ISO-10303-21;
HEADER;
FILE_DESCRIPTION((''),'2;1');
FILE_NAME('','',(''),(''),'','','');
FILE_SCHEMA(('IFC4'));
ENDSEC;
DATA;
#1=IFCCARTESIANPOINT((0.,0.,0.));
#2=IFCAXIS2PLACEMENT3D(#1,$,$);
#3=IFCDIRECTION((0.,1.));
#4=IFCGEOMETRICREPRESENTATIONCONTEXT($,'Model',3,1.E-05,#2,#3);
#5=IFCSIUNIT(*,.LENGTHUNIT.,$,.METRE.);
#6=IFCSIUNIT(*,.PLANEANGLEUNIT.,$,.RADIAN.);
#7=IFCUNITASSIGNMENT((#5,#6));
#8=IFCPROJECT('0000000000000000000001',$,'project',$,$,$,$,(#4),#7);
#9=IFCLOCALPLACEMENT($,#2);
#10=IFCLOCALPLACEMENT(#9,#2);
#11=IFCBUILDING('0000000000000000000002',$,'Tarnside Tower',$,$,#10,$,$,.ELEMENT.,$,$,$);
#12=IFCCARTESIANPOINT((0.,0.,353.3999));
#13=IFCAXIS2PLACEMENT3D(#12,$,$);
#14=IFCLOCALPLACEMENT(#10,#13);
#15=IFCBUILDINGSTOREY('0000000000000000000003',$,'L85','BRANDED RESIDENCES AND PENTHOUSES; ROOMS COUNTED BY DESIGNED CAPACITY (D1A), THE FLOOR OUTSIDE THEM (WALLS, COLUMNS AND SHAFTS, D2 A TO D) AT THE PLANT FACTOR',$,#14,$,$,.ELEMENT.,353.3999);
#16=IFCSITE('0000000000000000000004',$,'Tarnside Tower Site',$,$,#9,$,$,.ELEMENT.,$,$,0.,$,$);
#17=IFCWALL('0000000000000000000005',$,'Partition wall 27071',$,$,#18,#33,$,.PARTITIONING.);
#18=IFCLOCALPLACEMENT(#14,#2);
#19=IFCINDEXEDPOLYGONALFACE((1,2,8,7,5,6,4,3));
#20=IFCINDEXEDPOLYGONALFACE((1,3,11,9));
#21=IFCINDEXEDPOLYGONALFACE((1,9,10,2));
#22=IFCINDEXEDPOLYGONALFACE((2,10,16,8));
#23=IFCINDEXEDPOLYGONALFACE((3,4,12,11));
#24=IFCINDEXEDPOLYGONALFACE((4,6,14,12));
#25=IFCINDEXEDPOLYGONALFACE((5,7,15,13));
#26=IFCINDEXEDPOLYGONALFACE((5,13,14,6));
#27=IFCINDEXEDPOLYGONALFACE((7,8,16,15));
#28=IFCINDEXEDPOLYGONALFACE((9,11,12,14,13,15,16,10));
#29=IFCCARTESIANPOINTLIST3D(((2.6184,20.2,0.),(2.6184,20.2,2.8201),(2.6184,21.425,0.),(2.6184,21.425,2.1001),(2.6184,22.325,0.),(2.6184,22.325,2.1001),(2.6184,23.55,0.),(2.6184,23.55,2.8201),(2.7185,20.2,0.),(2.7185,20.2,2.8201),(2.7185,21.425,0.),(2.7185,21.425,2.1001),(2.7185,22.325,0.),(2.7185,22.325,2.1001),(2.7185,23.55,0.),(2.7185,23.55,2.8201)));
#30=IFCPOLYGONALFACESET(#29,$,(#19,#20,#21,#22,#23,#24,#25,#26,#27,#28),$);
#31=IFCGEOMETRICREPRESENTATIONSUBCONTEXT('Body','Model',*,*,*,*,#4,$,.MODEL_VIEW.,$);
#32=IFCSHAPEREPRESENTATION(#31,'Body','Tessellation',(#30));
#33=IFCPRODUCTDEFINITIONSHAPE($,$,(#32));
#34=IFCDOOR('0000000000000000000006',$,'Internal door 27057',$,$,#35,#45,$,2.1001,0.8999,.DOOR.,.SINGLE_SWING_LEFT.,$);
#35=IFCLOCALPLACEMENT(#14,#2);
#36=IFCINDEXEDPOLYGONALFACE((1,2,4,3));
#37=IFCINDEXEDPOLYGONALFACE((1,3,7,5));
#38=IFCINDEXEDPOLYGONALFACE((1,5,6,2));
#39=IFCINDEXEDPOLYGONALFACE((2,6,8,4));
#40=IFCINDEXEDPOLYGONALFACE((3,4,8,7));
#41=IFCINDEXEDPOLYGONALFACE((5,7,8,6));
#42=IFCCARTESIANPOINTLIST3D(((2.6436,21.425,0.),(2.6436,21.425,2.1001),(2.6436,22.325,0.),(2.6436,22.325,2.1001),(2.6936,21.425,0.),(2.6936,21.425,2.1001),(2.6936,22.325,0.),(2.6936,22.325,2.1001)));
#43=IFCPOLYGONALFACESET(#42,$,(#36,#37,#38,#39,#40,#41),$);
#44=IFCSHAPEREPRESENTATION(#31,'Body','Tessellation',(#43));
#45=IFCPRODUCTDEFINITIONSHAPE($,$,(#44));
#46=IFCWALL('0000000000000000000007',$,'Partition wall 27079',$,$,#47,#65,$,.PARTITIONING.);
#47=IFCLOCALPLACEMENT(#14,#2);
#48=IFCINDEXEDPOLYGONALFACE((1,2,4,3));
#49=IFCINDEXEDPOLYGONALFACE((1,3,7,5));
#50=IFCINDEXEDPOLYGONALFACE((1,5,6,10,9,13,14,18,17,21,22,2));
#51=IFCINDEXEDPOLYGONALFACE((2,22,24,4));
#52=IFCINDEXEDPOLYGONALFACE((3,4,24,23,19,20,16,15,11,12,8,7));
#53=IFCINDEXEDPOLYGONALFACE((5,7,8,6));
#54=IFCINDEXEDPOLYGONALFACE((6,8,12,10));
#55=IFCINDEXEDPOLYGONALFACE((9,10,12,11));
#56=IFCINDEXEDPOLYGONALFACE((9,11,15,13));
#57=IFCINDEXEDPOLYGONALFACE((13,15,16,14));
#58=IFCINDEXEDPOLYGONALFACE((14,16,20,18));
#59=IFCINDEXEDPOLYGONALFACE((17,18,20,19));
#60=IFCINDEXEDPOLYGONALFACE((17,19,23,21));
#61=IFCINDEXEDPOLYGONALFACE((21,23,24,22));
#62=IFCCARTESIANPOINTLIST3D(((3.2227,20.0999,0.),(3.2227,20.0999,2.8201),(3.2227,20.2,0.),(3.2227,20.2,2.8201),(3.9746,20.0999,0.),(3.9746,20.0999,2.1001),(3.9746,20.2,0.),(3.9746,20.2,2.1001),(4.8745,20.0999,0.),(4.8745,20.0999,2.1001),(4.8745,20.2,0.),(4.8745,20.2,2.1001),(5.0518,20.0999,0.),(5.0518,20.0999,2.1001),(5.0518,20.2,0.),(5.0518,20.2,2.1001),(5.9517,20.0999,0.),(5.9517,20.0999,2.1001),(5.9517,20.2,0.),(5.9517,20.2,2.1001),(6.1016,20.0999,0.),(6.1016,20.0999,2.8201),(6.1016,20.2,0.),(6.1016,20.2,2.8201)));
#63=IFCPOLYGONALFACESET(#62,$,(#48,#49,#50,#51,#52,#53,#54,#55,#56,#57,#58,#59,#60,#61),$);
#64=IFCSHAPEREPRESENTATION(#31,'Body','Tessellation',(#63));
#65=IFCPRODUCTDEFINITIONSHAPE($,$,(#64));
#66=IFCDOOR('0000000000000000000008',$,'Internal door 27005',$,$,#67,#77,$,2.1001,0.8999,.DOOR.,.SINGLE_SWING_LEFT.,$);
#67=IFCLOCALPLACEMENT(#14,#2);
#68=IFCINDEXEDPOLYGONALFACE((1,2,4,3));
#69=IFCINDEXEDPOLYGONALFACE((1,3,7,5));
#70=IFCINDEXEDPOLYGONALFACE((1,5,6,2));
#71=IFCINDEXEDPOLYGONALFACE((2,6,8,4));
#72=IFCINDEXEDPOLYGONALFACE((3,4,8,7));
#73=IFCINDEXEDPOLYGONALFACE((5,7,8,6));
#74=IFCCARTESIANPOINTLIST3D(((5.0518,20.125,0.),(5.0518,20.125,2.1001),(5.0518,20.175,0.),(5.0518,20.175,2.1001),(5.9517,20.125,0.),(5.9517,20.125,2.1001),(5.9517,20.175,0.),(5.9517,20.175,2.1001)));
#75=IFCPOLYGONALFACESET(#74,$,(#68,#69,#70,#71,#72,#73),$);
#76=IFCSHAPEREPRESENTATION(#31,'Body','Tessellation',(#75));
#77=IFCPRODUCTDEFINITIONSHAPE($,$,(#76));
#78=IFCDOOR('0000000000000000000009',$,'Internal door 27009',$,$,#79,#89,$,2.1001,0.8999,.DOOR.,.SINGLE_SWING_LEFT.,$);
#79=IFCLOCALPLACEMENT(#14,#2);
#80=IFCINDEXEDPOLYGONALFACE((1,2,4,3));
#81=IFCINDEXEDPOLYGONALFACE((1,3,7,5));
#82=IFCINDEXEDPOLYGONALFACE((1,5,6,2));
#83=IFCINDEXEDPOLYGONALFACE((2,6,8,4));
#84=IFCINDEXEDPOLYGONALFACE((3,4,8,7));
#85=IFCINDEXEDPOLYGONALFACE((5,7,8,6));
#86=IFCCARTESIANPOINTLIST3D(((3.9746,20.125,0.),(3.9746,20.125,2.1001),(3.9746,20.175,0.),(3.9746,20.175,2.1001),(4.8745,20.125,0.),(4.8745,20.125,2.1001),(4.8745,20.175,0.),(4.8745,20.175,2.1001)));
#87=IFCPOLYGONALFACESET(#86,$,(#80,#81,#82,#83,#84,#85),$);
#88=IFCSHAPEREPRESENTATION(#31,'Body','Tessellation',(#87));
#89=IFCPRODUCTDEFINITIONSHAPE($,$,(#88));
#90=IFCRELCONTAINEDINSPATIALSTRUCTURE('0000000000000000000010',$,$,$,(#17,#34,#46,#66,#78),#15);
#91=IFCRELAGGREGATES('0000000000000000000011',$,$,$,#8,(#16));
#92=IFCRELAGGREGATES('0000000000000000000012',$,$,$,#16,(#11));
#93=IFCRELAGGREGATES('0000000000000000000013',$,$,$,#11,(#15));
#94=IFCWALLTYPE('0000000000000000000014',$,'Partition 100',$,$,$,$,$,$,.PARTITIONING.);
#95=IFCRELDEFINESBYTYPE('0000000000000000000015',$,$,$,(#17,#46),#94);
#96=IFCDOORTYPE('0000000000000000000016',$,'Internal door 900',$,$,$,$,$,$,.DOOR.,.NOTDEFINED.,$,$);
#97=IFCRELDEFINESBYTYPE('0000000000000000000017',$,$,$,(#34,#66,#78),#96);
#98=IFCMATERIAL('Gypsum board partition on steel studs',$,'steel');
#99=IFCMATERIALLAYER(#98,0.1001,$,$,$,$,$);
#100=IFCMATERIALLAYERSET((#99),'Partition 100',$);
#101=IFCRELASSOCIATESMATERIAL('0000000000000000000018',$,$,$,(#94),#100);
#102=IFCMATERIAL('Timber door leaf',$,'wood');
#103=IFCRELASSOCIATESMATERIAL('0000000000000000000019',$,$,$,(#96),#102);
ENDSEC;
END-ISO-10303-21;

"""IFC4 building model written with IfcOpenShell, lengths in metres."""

from ifc_helpers import new_model, si_unit, direction, frame, frame_2d, origin, place, context, subcontext, project, spatial, rectangle, extrude, material, layer, layer_set, type_object, element, fill, save


model = new_model("IFC4")

# Units and contexts
model_context = context("Model", 3, precision=1e-05, world=origin(), true_north=direction((0.0, 1.0)))
body_context = subcontext(model_context, "Body", "Model", "MODEL_VIEW")
ifc_project = project(units=[si_unit("LENGTHUNIT", "METRE"), si_unit("PLANEANGLEUNIT", "RADIAN")], contexts=[model_context])

# Site, building, storey
site_placement = place(None, origin())
site = spatial("IfcSite", under=ifc_project, at=site_placement, Name="Tarnside Tower Site", CompositionType="ELEMENT", RefElevation=0.0)
building_placement = place(site_placement, origin())
building = spatial("IfcBuilding", under=site, at=building_placement, Name="Tarnside Tower", CompositionType="ELEMENT")
storey_placement = place(building_placement, frame((0.0, 0.0, 353.3999)))
storey = spatial("IfcBuildingStorey", under=building, at=storey_placement, Name="L85", Description="BRANDED RESIDENCES AND PENTHOUSES; ROOMS COUNTED BY DESIGNED CAPACITY (D1A), THE FLOOR OUTSIDE THEM (WALLS, COLUMNS AND SHAFTS, D2 A TO D) AT THE PLANT FACTOR", CompositionType="ELEMENT", Elevation=353.3999)

# Shared definitions
ifc_material_1 = material(Name="Gypsum board partition on steel studs", Category="steel")

# Shared definitions
ifc_material_2 = material(Name="Timber door leaf", Category="wood")

# Wall, opening, door
ifc_layer_1 = layer(ifc_material_1, 0.1001)
ifc_layer_set_1 = layer_set([ifc_layer_1], Name="Partition 100")
wall_type_1 = type_object("IfcWallType", Name="Partition 100", PredefinedType="PARTITIONING", material=ifc_layer_set_1)
wall_1_placement = place(storey_placement, frame((2.6685, 20.2, 0.0), z_axis=(0.0, 0.0, 1.0), x_axis=(0.0, 1.0, 0.0)))
wall_1 = element("IfcWall", 1, at=wall_1_placement, inside=storey, type_object=wall_type_1, Name="Partition wall 27071", PredefinedType="PARTITIONING", context=body_context, shape_type="SweptSolid", body=[
    extrude(rectangle(XDim=3.3501, YDim=0.1001, at=frame_2d((1.675, 0.0))), origin(), (0.0, 0.0, 1.0), 2.8201),
])
opening_1_placement = place(wall_1_placement, frame((1.2251, 0.0, 0.0)))
opening_1 = element("IfcOpeningElement", 2, at=opening_1_placement, cuts=wall_1, PredefinedType="OPENING", context=body_context, shape_type="SweptSolid", body=[
    extrude(rectangle(XDim=0.8999, YDim=2.1001, at=frame_2d((0.45, 1.05))), frame((0.0, 0.0601, 0.0), z_axis=(0.0, -1.0, 0.0), x_axis=(1.0, 0.0, 0.0)), (0.0, 0.0, 1.0), 0.1201),
])
door_type_1 = type_object("IfcDoorType", Name="Internal door 900", OperationType="NOTDEFINED", PredefinedType="DOOR", material=ifc_material_2)
door_1_placement = place(opening_1_placement, origin())
door_1 = element("IfcDoor", 3, at=door_1_placement, inside=storey, type_object=door_type_1, Name="Internal door 27057", OperationType="SINGLE_SWING_LEFT", OverallHeight=2.1001, OverallWidth=0.8999, PredefinedType="DOOR", context=body_context, shape_type="SweptSolid", body=[
    extrude(rectangle(XDim=0.8999, YDim=2.1001, at=frame_2d((0.45, 1.05))), frame((0.0, 0.0249, 0.0), z_axis=(0.0, -1.0, 0.0), x_axis=(1.0, 0.0, 0.0)), (0.0, 0.0, 1.0), 0.05),
])
fill(opening_1, door_1)

# Wall, openings, doors
wall_2_placement = place(storey_placement, frame((6.1016, 20.1499, 0.0), z_axis=(0.0, 0.0, 1.0), x_axis=(-1.0, 0.0, 0.0)))
wall_2 = element("IfcWall", 4, at=wall_2_placement, inside=storey, type_object=wall_type_1, Name="Partition wall 27079", PredefinedType="PARTITIONING", context=body_context, shape_type="SweptSolid", body=[
    extrude(rectangle(XDim=2.8789, YDim=0.1001, at=frame_2d((1.4395, 0.0))), origin(), (0.0, 0.0, 1.0), 2.8201),
])
opening_2_placement = place(wall_2_placement, frame((0.1499, 0.0, 0.0)))
opening_2 = element("IfcOpeningElement", 5, at=opening_2_placement, cuts=wall_2, PredefinedType="OPENING", context=body_context, shape_type="SweptSolid", body=[
    extrude(rectangle(XDim=0.8999, YDim=2.1001, at=frame_2d((0.45, 1.05))), frame((0.0, 0.0601, 0.0), z_axis=(0.0, -1.0, 0.0), x_axis=(1.0, 0.0, 0.0)), (0.0, 0.0, 1.0), 0.1201),
])
opening_3_placement = place(wall_2_placement, frame((1.2271, 0.0, 0.0)))
opening_3 = element("IfcOpeningElement", 6, at=opening_3_placement, cuts=wall_2, PredefinedType="OPENING", context=body_context, shape_type="SweptSolid", body=[
    extrude(rectangle(XDim=0.8999, YDim=2.1001, at=frame_2d((0.45, 1.05))), frame((0.0, 0.0601, 0.0), z_axis=(0.0, -1.0, 0.0), x_axis=(1.0, 0.0, 0.0)), (0.0, 0.0, 1.0), 0.1201),
])
door_2_placement = place(opening_2_placement, origin())
door_2 = element("IfcDoor", 7, at=door_2_placement, inside=storey, type_object=door_type_1, Name="Internal door 27005", OperationType="SINGLE_SWING_LEFT", OverallHeight=2.1001, OverallWidth=0.8999, PredefinedType="DOOR", context=body_context, shape_type="SweptSolid", body=[
    extrude(rectangle(XDim=0.8999, YDim=2.1001, at=frame_2d((0.45, 1.05))), frame((0.0, 0.0249, 0.0), z_axis=(0.0, -1.0, 0.0), x_axis=(1.0, 0.0, 0.0)), (0.0, 0.0, 1.0), 0.05),
])
fill(opening_2, door_2)
door_3_placement = place(opening_3_placement, origin())
door_3 = element("IfcDoor", 8, at=door_3_placement, inside=storey, type_object=door_type_1, Name="Internal door 27009", OperationType="SINGLE_SWING_LEFT", OverallHeight=2.1001, OverallWidth=0.8999, PredefinedType="DOOR", context=body_context, shape_type="SweptSolid", body=[
    extrude(rectangle(XDim=0.8999, YDim=2.1001, at=frame_2d((0.45, 1.05))), frame((0.0, 0.0249, 0.0), z_axis=(0.0, -1.0, 0.0), x_axis=(1.0, 0.0, 0.0)), (0.0, 0.0, 1.0), 0.05),
])
fill(opening_3, door_3)

save(model, "model.ifc")
